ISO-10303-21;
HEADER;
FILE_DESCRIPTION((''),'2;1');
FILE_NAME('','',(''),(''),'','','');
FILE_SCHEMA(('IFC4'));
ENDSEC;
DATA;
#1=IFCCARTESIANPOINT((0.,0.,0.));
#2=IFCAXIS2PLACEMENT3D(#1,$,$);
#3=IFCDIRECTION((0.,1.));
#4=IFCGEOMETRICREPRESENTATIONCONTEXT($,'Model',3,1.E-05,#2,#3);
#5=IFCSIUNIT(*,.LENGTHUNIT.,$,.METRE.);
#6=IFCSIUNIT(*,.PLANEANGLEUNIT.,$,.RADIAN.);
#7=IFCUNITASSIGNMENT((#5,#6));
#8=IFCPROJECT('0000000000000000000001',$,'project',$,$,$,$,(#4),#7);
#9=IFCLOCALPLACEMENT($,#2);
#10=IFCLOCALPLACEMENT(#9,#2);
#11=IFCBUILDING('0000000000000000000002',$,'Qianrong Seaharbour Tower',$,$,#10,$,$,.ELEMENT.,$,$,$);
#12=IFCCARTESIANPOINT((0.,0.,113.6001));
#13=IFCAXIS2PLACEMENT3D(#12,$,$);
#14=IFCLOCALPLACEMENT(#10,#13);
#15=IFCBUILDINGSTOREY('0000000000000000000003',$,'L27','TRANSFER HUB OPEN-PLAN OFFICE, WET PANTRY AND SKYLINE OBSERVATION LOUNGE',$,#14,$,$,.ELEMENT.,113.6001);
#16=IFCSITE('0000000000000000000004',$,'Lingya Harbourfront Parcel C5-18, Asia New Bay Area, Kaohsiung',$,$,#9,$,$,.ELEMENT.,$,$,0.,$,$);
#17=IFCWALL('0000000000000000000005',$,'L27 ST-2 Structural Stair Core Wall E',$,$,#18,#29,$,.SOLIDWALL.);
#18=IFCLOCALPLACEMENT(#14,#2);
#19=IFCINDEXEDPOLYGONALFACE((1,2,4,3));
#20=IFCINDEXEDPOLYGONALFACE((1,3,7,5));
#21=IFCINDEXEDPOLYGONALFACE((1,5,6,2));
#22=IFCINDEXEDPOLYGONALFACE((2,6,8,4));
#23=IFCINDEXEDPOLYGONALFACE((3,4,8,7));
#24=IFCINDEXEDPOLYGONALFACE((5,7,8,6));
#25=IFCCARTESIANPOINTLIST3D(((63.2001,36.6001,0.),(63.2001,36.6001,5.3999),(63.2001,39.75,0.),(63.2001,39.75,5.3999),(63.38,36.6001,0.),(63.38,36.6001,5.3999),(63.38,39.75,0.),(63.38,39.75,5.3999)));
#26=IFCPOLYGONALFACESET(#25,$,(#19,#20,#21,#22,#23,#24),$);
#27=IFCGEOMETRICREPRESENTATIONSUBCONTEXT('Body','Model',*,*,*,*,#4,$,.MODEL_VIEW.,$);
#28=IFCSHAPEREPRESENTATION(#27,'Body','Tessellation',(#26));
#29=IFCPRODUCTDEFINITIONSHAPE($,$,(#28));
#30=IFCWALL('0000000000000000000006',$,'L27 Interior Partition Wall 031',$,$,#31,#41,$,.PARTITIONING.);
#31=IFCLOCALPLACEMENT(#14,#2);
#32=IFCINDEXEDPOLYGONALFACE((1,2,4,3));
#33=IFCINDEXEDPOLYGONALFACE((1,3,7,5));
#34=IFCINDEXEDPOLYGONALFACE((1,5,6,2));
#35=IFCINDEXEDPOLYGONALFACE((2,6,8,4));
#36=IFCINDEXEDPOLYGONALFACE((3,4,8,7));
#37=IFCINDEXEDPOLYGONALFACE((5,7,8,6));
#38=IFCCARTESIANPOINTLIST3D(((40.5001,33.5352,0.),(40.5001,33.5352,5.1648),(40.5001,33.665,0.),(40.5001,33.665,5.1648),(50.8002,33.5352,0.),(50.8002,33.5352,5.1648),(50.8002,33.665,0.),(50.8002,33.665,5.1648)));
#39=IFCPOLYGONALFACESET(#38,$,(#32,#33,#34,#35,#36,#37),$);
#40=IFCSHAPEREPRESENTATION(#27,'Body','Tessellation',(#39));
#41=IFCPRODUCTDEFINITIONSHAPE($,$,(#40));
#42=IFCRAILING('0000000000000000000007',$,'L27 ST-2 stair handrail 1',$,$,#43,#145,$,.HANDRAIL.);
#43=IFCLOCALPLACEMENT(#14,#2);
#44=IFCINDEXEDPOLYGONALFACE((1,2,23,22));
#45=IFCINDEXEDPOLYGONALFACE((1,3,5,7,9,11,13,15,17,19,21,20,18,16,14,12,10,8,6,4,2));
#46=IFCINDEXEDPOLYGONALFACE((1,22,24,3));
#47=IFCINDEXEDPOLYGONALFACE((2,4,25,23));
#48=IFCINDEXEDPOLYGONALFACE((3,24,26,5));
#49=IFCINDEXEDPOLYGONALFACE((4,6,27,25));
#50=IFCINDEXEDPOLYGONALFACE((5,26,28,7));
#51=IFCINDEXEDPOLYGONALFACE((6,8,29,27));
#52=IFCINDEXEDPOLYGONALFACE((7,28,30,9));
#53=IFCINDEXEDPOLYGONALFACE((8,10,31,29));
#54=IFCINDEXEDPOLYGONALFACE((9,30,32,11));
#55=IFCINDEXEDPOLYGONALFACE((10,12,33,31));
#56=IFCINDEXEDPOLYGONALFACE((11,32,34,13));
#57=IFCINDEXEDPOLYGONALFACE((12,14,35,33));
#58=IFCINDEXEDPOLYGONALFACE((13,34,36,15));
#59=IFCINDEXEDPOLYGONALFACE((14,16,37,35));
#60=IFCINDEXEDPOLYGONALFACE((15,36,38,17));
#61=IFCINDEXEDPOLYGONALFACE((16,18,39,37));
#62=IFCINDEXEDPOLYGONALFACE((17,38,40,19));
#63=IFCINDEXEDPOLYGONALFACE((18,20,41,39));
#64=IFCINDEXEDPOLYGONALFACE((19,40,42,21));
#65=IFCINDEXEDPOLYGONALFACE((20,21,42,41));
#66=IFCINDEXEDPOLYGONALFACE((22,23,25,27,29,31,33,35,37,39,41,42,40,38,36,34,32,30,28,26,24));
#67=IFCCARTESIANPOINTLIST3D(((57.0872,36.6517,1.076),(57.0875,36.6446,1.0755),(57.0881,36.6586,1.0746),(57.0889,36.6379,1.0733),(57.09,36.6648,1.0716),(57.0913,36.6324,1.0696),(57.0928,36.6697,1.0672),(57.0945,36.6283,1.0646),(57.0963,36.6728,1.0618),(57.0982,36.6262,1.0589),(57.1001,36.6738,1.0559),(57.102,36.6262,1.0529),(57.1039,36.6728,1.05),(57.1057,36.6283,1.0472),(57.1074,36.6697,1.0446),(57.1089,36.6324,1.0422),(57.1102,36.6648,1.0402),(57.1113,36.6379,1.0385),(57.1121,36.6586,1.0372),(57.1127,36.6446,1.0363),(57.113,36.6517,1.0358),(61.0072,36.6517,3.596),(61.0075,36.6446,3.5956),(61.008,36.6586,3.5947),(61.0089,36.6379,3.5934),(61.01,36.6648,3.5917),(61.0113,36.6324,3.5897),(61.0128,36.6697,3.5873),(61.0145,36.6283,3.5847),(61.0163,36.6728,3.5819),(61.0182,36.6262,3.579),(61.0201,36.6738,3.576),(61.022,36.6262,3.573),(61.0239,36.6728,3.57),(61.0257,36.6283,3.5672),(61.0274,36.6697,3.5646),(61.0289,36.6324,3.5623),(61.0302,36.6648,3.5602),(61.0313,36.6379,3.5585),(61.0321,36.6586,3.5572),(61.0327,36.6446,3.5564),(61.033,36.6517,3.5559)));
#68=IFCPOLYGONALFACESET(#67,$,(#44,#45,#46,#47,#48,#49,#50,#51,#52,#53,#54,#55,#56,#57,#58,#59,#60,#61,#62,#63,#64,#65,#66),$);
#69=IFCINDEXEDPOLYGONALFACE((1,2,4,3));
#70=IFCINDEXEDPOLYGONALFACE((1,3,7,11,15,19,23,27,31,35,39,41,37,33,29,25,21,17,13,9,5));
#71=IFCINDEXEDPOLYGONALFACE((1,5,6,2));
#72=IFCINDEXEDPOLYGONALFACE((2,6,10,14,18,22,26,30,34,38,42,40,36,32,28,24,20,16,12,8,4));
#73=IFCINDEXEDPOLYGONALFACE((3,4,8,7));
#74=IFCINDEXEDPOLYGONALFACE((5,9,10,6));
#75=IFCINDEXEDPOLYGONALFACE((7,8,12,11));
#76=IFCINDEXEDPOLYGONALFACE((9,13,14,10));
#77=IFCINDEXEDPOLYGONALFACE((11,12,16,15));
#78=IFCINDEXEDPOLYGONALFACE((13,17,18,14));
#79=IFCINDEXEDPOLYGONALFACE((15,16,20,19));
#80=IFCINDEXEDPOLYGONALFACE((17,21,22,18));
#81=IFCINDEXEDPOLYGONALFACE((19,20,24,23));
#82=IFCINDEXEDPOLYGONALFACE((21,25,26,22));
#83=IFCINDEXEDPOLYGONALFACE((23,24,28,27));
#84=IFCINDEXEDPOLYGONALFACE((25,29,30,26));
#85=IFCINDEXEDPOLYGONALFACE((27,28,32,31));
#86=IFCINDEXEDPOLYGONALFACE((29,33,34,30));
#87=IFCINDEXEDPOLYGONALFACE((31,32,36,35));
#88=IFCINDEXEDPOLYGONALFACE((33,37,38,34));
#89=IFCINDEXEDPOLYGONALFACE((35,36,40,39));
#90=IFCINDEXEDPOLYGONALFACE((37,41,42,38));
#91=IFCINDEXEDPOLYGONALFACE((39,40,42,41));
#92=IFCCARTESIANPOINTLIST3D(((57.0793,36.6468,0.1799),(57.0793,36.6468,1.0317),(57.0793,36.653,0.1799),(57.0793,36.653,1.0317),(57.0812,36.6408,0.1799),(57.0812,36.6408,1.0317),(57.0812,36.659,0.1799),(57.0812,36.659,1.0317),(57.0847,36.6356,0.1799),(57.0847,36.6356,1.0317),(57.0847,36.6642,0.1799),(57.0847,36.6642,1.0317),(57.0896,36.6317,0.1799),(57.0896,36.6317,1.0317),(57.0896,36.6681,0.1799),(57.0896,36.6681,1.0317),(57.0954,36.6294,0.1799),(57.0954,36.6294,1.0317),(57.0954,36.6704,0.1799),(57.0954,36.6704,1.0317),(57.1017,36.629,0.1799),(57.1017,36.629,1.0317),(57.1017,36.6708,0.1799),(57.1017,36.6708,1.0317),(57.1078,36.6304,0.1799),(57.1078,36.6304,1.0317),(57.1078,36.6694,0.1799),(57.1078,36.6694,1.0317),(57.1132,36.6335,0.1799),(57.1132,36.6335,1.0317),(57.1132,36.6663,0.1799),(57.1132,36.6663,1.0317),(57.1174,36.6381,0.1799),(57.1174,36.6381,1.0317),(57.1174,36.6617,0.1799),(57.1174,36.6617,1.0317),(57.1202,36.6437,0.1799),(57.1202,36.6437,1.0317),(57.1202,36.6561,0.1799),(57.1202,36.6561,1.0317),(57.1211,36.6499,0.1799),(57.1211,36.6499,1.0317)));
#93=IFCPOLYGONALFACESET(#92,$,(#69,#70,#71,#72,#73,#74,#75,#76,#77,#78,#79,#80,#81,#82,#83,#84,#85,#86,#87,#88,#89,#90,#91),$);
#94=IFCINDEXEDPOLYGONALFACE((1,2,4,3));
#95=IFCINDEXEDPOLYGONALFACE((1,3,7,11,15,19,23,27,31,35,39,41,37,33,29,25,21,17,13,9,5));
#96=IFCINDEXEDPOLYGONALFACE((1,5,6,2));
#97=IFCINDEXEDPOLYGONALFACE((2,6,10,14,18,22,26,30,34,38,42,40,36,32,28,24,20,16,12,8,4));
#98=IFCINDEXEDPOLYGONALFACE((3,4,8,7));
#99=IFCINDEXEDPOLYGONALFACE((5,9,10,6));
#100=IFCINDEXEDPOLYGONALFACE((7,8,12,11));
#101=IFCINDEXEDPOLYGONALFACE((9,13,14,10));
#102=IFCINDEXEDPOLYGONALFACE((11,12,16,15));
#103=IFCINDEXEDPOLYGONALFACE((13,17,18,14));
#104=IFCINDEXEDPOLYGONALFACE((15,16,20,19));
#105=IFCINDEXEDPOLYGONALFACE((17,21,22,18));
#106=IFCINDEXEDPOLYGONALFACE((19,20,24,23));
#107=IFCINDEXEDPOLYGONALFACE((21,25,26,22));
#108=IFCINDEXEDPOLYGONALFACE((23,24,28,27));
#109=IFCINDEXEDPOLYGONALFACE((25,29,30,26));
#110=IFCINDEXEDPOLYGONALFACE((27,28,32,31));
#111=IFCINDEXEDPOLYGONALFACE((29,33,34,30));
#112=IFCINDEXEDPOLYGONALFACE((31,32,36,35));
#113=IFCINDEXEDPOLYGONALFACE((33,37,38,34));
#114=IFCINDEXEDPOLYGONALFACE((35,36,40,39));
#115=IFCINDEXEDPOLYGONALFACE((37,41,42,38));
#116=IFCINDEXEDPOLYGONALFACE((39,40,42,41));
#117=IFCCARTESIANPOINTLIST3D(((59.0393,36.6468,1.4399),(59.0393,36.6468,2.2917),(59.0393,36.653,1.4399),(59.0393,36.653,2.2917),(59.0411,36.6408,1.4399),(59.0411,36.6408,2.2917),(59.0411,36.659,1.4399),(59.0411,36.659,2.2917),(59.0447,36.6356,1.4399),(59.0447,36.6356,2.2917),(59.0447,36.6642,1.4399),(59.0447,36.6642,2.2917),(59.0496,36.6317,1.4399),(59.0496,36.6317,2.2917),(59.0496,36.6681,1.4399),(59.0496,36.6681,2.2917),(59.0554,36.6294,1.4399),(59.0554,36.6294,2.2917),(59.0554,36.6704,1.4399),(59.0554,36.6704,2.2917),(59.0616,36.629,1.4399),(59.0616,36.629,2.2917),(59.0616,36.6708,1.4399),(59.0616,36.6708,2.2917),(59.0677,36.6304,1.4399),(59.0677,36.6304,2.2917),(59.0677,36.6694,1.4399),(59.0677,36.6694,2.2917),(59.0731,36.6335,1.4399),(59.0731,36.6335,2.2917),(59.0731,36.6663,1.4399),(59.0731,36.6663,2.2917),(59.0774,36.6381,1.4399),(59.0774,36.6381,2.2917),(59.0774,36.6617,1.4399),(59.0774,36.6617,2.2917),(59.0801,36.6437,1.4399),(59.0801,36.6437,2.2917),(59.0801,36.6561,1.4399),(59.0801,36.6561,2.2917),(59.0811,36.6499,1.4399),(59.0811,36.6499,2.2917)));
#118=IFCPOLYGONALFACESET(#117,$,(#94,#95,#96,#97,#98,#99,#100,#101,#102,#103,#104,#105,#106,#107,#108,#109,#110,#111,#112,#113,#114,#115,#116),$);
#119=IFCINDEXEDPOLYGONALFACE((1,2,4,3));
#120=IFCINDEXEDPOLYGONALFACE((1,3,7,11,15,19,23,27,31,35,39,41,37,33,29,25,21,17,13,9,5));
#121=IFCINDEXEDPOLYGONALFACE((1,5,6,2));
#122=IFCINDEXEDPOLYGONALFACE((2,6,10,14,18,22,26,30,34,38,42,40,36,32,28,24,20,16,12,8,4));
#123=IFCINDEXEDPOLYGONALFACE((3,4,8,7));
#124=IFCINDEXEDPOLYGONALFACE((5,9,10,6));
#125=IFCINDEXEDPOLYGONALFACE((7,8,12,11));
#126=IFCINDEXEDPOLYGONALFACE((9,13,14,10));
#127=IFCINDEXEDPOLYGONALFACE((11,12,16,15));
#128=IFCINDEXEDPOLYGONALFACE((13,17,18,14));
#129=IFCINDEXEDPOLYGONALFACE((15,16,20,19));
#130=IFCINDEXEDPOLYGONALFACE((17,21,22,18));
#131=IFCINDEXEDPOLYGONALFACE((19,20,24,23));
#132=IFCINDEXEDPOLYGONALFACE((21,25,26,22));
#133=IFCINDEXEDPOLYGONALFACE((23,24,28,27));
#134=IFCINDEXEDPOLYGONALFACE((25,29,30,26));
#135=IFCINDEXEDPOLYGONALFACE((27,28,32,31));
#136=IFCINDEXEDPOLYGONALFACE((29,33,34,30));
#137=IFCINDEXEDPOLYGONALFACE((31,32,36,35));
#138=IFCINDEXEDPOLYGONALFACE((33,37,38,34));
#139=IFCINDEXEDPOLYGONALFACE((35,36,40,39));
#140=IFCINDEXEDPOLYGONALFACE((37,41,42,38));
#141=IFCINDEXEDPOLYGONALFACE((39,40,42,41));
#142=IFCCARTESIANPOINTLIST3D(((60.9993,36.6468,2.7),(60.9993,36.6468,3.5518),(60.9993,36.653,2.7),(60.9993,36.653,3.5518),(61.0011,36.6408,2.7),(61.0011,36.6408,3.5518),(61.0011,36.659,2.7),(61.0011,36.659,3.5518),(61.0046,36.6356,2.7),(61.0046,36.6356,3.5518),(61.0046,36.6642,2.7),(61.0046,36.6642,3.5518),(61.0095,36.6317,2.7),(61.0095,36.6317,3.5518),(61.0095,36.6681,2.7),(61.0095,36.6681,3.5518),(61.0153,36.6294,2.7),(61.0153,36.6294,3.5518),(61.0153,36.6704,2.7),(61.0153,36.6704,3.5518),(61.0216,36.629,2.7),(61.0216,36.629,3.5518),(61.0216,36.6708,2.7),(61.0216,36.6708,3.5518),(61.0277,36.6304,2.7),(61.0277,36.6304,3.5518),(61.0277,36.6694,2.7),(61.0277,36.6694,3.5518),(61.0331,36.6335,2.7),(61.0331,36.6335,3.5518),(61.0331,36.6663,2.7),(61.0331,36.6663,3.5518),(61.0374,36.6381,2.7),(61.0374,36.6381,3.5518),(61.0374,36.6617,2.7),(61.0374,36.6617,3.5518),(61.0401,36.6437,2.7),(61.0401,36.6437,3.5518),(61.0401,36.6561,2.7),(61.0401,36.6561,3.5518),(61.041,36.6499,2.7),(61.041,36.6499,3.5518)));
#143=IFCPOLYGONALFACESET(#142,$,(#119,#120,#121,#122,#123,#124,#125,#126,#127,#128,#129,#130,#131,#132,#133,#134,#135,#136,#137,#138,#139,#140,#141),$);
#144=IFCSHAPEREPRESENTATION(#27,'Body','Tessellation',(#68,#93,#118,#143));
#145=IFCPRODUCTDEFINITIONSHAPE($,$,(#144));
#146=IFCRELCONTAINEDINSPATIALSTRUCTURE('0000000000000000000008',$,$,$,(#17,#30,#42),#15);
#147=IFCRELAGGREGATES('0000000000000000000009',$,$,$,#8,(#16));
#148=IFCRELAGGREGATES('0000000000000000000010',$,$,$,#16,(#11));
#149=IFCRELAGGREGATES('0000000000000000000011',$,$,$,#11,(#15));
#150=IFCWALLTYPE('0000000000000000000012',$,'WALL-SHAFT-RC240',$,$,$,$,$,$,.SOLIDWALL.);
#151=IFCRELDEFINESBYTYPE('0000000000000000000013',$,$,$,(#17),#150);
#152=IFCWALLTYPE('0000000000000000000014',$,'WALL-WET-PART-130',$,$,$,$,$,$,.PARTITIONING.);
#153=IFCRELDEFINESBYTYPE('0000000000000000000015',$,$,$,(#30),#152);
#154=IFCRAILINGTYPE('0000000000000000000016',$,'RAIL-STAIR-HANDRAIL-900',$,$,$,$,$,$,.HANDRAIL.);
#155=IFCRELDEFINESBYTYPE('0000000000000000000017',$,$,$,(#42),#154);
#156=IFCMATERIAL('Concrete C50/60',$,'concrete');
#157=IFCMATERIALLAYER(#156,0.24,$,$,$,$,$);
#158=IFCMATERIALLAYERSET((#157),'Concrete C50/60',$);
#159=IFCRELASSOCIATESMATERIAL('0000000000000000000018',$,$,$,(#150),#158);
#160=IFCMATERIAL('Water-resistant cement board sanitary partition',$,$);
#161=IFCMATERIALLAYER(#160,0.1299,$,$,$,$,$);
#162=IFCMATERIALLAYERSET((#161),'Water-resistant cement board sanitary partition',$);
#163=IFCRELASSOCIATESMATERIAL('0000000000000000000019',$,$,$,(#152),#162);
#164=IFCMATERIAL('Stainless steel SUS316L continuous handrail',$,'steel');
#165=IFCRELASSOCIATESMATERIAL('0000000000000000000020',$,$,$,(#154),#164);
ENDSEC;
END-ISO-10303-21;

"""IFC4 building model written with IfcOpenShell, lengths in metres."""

from ifc_helpers import new_model, si_unit, direction, frame, frame_2d, origin, origin_2d, place, context, subcontext, project, spatial, rectangle, circle, extrude, material, layer, layer_set, type_object, element, save


model = new_model("IFC4")

# Units and contexts
model_context = context("Model", 3, precision=1e-05, world=origin(), true_north=direction((0.0, 1.0)))
body_context = subcontext(model_context, "Body", "Model", "MODEL_VIEW")
ifc_project = project(units=[si_unit("LENGTHUNIT", "METRE"), si_unit("PLANEANGLEUNIT", "RADIAN")], contexts=[model_context])

# Site, building, storey
site_placement = place(None, origin())
site = spatial("IfcSite", under=ifc_project, at=site_placement, Name="Lingya Harbourfront Parcel C5-18, Asia New Bay Area, Kaohsiung", CompositionType="ELEMENT", RefElevation=0.0)
building_placement = place(site_placement, origin())
building = spatial("IfcBuilding", under=site, at=building_placement, Name="Qianrong Seaharbour Tower", CompositionType="ELEMENT")
storey_placement = place(building_placement, frame((0.0, 0.0, 113.6001)))
storey = spatial("IfcBuildingStorey", under=building, at=storey_placement, Name="L27", Description="TRANSFER HUB OPEN-PLAN OFFICE, WET PANTRY AND SKYLINE OBSERVATION LOUNGE", CompositionType="ELEMENT", Elevation=113.6001)

# Walls
ifc_material_1 = material(Name="Concrete C50/60", Category="concrete")
ifc_layer_1 = layer(ifc_material_1, 0.24)
ifc_layer_set_1 = layer_set([ifc_layer_1], Name="Concrete C50/60")
wall_type_1 = type_object("IfcWallType", Name="WALL-SHAFT-RC240", PredefinedType="SOLIDWALL", material=ifc_layer_set_1)
wall_1_placement = place(storey_placement, frame((63.29, 36.6001, 0.0), z_axis=(0.0, 0.0, 1.0), x_axis=(0.0, 1.0, 0.0)))
element("IfcWall", 1, at=wall_1_placement, inside=storey, type_object=wall_type_1, Name="L27 ST-2 Structural Stair Core Wall E", PredefinedType="SOLIDWALL", context=body_context, shape_type="SweptSolid", body=[
    extrude(rectangle(XDim=3.1499, YDim=0.1799, at=frame_2d((1.575, 0.0))), origin(), (0.0, 0.0, 1.0), 5.3999),
])
ifc_material_2 = material(Name="Water-resistant cement board sanitary partition")
ifc_layer_2 = layer(ifc_material_2, 0.1299)
ifc_layer_set_2 = layer_set([ifc_layer_2], Name="Water-resistant cement board sanitary partition")
wall_type_2 = type_object("IfcWallType", Name="WALL-WET-PART-130", PredefinedType="PARTITIONING", material=ifc_layer_set_2)
wall_2_placement = place(storey_placement, frame((50.8, 33.6001, 0.0), z_axis=(0.0, 0.0, 1.0), x_axis=(-1.0, 0.0, 0.0)))
element("IfcWall", 2, at=wall_2_placement, inside=storey, type_object=wall_type_2, Name="L27 Interior Partition Wall 031", PredefinedType="PARTITIONING", context=body_context, shape_type="SweptSolid", body=[
    extrude(rectangle(XDim=10.3, YDim=0.1299, at=frame_2d((5.1499, 0.0))), origin(), (0.0, 0.0, 1.0), 5.1648),
])

# Railing
ifc_material_3 = material(Name="Stainless steel SUS316L continuous handrail", Category="steel")
railing_type = type_object("IfcRailingType", Name="RAIL-STAIR-HANDRAIL-900", PredefinedType="HANDRAIL", material=ifc_material_3)
railing_placement = place(storey_placement, frame((57.1001, 36.6499, 0.1799)))
element("IfcRailing", 3, at=railing_placement, inside=storey, type_object=railing_type, Name="L27 ST-2 stair handrail 1", PredefinedType="HANDRAIL", context=body_context, shape_type="SweptSolid", body=[
    extrude(circle(Radius=0.0239, at=origin_2d()), frame((0.0, 0.0, 0.876), z_axis=(0.841172, 0.0, 0.540768), x_axis=(0.0, 1.0, 0.0)), (0.0, 0.0, 1.0), 4.6602),
    extrude(circle(Radius=0.021, at=origin_2d()), origin(), (0.0, 0.0, 1.0), 0.8518),
    extrude(circle(Radius=0.021, at=origin_2d()), frame((1.96, 0.0, 1.26)), (0.0, 0.0, 1.0), 0.8518),
    extrude(circle(Radius=0.021, at=origin_2d()), frame((3.9199, 0.0, 2.52)), (0.0, 0.0, 1.0), 0.8518),
])

save(model, "model.ifc")
